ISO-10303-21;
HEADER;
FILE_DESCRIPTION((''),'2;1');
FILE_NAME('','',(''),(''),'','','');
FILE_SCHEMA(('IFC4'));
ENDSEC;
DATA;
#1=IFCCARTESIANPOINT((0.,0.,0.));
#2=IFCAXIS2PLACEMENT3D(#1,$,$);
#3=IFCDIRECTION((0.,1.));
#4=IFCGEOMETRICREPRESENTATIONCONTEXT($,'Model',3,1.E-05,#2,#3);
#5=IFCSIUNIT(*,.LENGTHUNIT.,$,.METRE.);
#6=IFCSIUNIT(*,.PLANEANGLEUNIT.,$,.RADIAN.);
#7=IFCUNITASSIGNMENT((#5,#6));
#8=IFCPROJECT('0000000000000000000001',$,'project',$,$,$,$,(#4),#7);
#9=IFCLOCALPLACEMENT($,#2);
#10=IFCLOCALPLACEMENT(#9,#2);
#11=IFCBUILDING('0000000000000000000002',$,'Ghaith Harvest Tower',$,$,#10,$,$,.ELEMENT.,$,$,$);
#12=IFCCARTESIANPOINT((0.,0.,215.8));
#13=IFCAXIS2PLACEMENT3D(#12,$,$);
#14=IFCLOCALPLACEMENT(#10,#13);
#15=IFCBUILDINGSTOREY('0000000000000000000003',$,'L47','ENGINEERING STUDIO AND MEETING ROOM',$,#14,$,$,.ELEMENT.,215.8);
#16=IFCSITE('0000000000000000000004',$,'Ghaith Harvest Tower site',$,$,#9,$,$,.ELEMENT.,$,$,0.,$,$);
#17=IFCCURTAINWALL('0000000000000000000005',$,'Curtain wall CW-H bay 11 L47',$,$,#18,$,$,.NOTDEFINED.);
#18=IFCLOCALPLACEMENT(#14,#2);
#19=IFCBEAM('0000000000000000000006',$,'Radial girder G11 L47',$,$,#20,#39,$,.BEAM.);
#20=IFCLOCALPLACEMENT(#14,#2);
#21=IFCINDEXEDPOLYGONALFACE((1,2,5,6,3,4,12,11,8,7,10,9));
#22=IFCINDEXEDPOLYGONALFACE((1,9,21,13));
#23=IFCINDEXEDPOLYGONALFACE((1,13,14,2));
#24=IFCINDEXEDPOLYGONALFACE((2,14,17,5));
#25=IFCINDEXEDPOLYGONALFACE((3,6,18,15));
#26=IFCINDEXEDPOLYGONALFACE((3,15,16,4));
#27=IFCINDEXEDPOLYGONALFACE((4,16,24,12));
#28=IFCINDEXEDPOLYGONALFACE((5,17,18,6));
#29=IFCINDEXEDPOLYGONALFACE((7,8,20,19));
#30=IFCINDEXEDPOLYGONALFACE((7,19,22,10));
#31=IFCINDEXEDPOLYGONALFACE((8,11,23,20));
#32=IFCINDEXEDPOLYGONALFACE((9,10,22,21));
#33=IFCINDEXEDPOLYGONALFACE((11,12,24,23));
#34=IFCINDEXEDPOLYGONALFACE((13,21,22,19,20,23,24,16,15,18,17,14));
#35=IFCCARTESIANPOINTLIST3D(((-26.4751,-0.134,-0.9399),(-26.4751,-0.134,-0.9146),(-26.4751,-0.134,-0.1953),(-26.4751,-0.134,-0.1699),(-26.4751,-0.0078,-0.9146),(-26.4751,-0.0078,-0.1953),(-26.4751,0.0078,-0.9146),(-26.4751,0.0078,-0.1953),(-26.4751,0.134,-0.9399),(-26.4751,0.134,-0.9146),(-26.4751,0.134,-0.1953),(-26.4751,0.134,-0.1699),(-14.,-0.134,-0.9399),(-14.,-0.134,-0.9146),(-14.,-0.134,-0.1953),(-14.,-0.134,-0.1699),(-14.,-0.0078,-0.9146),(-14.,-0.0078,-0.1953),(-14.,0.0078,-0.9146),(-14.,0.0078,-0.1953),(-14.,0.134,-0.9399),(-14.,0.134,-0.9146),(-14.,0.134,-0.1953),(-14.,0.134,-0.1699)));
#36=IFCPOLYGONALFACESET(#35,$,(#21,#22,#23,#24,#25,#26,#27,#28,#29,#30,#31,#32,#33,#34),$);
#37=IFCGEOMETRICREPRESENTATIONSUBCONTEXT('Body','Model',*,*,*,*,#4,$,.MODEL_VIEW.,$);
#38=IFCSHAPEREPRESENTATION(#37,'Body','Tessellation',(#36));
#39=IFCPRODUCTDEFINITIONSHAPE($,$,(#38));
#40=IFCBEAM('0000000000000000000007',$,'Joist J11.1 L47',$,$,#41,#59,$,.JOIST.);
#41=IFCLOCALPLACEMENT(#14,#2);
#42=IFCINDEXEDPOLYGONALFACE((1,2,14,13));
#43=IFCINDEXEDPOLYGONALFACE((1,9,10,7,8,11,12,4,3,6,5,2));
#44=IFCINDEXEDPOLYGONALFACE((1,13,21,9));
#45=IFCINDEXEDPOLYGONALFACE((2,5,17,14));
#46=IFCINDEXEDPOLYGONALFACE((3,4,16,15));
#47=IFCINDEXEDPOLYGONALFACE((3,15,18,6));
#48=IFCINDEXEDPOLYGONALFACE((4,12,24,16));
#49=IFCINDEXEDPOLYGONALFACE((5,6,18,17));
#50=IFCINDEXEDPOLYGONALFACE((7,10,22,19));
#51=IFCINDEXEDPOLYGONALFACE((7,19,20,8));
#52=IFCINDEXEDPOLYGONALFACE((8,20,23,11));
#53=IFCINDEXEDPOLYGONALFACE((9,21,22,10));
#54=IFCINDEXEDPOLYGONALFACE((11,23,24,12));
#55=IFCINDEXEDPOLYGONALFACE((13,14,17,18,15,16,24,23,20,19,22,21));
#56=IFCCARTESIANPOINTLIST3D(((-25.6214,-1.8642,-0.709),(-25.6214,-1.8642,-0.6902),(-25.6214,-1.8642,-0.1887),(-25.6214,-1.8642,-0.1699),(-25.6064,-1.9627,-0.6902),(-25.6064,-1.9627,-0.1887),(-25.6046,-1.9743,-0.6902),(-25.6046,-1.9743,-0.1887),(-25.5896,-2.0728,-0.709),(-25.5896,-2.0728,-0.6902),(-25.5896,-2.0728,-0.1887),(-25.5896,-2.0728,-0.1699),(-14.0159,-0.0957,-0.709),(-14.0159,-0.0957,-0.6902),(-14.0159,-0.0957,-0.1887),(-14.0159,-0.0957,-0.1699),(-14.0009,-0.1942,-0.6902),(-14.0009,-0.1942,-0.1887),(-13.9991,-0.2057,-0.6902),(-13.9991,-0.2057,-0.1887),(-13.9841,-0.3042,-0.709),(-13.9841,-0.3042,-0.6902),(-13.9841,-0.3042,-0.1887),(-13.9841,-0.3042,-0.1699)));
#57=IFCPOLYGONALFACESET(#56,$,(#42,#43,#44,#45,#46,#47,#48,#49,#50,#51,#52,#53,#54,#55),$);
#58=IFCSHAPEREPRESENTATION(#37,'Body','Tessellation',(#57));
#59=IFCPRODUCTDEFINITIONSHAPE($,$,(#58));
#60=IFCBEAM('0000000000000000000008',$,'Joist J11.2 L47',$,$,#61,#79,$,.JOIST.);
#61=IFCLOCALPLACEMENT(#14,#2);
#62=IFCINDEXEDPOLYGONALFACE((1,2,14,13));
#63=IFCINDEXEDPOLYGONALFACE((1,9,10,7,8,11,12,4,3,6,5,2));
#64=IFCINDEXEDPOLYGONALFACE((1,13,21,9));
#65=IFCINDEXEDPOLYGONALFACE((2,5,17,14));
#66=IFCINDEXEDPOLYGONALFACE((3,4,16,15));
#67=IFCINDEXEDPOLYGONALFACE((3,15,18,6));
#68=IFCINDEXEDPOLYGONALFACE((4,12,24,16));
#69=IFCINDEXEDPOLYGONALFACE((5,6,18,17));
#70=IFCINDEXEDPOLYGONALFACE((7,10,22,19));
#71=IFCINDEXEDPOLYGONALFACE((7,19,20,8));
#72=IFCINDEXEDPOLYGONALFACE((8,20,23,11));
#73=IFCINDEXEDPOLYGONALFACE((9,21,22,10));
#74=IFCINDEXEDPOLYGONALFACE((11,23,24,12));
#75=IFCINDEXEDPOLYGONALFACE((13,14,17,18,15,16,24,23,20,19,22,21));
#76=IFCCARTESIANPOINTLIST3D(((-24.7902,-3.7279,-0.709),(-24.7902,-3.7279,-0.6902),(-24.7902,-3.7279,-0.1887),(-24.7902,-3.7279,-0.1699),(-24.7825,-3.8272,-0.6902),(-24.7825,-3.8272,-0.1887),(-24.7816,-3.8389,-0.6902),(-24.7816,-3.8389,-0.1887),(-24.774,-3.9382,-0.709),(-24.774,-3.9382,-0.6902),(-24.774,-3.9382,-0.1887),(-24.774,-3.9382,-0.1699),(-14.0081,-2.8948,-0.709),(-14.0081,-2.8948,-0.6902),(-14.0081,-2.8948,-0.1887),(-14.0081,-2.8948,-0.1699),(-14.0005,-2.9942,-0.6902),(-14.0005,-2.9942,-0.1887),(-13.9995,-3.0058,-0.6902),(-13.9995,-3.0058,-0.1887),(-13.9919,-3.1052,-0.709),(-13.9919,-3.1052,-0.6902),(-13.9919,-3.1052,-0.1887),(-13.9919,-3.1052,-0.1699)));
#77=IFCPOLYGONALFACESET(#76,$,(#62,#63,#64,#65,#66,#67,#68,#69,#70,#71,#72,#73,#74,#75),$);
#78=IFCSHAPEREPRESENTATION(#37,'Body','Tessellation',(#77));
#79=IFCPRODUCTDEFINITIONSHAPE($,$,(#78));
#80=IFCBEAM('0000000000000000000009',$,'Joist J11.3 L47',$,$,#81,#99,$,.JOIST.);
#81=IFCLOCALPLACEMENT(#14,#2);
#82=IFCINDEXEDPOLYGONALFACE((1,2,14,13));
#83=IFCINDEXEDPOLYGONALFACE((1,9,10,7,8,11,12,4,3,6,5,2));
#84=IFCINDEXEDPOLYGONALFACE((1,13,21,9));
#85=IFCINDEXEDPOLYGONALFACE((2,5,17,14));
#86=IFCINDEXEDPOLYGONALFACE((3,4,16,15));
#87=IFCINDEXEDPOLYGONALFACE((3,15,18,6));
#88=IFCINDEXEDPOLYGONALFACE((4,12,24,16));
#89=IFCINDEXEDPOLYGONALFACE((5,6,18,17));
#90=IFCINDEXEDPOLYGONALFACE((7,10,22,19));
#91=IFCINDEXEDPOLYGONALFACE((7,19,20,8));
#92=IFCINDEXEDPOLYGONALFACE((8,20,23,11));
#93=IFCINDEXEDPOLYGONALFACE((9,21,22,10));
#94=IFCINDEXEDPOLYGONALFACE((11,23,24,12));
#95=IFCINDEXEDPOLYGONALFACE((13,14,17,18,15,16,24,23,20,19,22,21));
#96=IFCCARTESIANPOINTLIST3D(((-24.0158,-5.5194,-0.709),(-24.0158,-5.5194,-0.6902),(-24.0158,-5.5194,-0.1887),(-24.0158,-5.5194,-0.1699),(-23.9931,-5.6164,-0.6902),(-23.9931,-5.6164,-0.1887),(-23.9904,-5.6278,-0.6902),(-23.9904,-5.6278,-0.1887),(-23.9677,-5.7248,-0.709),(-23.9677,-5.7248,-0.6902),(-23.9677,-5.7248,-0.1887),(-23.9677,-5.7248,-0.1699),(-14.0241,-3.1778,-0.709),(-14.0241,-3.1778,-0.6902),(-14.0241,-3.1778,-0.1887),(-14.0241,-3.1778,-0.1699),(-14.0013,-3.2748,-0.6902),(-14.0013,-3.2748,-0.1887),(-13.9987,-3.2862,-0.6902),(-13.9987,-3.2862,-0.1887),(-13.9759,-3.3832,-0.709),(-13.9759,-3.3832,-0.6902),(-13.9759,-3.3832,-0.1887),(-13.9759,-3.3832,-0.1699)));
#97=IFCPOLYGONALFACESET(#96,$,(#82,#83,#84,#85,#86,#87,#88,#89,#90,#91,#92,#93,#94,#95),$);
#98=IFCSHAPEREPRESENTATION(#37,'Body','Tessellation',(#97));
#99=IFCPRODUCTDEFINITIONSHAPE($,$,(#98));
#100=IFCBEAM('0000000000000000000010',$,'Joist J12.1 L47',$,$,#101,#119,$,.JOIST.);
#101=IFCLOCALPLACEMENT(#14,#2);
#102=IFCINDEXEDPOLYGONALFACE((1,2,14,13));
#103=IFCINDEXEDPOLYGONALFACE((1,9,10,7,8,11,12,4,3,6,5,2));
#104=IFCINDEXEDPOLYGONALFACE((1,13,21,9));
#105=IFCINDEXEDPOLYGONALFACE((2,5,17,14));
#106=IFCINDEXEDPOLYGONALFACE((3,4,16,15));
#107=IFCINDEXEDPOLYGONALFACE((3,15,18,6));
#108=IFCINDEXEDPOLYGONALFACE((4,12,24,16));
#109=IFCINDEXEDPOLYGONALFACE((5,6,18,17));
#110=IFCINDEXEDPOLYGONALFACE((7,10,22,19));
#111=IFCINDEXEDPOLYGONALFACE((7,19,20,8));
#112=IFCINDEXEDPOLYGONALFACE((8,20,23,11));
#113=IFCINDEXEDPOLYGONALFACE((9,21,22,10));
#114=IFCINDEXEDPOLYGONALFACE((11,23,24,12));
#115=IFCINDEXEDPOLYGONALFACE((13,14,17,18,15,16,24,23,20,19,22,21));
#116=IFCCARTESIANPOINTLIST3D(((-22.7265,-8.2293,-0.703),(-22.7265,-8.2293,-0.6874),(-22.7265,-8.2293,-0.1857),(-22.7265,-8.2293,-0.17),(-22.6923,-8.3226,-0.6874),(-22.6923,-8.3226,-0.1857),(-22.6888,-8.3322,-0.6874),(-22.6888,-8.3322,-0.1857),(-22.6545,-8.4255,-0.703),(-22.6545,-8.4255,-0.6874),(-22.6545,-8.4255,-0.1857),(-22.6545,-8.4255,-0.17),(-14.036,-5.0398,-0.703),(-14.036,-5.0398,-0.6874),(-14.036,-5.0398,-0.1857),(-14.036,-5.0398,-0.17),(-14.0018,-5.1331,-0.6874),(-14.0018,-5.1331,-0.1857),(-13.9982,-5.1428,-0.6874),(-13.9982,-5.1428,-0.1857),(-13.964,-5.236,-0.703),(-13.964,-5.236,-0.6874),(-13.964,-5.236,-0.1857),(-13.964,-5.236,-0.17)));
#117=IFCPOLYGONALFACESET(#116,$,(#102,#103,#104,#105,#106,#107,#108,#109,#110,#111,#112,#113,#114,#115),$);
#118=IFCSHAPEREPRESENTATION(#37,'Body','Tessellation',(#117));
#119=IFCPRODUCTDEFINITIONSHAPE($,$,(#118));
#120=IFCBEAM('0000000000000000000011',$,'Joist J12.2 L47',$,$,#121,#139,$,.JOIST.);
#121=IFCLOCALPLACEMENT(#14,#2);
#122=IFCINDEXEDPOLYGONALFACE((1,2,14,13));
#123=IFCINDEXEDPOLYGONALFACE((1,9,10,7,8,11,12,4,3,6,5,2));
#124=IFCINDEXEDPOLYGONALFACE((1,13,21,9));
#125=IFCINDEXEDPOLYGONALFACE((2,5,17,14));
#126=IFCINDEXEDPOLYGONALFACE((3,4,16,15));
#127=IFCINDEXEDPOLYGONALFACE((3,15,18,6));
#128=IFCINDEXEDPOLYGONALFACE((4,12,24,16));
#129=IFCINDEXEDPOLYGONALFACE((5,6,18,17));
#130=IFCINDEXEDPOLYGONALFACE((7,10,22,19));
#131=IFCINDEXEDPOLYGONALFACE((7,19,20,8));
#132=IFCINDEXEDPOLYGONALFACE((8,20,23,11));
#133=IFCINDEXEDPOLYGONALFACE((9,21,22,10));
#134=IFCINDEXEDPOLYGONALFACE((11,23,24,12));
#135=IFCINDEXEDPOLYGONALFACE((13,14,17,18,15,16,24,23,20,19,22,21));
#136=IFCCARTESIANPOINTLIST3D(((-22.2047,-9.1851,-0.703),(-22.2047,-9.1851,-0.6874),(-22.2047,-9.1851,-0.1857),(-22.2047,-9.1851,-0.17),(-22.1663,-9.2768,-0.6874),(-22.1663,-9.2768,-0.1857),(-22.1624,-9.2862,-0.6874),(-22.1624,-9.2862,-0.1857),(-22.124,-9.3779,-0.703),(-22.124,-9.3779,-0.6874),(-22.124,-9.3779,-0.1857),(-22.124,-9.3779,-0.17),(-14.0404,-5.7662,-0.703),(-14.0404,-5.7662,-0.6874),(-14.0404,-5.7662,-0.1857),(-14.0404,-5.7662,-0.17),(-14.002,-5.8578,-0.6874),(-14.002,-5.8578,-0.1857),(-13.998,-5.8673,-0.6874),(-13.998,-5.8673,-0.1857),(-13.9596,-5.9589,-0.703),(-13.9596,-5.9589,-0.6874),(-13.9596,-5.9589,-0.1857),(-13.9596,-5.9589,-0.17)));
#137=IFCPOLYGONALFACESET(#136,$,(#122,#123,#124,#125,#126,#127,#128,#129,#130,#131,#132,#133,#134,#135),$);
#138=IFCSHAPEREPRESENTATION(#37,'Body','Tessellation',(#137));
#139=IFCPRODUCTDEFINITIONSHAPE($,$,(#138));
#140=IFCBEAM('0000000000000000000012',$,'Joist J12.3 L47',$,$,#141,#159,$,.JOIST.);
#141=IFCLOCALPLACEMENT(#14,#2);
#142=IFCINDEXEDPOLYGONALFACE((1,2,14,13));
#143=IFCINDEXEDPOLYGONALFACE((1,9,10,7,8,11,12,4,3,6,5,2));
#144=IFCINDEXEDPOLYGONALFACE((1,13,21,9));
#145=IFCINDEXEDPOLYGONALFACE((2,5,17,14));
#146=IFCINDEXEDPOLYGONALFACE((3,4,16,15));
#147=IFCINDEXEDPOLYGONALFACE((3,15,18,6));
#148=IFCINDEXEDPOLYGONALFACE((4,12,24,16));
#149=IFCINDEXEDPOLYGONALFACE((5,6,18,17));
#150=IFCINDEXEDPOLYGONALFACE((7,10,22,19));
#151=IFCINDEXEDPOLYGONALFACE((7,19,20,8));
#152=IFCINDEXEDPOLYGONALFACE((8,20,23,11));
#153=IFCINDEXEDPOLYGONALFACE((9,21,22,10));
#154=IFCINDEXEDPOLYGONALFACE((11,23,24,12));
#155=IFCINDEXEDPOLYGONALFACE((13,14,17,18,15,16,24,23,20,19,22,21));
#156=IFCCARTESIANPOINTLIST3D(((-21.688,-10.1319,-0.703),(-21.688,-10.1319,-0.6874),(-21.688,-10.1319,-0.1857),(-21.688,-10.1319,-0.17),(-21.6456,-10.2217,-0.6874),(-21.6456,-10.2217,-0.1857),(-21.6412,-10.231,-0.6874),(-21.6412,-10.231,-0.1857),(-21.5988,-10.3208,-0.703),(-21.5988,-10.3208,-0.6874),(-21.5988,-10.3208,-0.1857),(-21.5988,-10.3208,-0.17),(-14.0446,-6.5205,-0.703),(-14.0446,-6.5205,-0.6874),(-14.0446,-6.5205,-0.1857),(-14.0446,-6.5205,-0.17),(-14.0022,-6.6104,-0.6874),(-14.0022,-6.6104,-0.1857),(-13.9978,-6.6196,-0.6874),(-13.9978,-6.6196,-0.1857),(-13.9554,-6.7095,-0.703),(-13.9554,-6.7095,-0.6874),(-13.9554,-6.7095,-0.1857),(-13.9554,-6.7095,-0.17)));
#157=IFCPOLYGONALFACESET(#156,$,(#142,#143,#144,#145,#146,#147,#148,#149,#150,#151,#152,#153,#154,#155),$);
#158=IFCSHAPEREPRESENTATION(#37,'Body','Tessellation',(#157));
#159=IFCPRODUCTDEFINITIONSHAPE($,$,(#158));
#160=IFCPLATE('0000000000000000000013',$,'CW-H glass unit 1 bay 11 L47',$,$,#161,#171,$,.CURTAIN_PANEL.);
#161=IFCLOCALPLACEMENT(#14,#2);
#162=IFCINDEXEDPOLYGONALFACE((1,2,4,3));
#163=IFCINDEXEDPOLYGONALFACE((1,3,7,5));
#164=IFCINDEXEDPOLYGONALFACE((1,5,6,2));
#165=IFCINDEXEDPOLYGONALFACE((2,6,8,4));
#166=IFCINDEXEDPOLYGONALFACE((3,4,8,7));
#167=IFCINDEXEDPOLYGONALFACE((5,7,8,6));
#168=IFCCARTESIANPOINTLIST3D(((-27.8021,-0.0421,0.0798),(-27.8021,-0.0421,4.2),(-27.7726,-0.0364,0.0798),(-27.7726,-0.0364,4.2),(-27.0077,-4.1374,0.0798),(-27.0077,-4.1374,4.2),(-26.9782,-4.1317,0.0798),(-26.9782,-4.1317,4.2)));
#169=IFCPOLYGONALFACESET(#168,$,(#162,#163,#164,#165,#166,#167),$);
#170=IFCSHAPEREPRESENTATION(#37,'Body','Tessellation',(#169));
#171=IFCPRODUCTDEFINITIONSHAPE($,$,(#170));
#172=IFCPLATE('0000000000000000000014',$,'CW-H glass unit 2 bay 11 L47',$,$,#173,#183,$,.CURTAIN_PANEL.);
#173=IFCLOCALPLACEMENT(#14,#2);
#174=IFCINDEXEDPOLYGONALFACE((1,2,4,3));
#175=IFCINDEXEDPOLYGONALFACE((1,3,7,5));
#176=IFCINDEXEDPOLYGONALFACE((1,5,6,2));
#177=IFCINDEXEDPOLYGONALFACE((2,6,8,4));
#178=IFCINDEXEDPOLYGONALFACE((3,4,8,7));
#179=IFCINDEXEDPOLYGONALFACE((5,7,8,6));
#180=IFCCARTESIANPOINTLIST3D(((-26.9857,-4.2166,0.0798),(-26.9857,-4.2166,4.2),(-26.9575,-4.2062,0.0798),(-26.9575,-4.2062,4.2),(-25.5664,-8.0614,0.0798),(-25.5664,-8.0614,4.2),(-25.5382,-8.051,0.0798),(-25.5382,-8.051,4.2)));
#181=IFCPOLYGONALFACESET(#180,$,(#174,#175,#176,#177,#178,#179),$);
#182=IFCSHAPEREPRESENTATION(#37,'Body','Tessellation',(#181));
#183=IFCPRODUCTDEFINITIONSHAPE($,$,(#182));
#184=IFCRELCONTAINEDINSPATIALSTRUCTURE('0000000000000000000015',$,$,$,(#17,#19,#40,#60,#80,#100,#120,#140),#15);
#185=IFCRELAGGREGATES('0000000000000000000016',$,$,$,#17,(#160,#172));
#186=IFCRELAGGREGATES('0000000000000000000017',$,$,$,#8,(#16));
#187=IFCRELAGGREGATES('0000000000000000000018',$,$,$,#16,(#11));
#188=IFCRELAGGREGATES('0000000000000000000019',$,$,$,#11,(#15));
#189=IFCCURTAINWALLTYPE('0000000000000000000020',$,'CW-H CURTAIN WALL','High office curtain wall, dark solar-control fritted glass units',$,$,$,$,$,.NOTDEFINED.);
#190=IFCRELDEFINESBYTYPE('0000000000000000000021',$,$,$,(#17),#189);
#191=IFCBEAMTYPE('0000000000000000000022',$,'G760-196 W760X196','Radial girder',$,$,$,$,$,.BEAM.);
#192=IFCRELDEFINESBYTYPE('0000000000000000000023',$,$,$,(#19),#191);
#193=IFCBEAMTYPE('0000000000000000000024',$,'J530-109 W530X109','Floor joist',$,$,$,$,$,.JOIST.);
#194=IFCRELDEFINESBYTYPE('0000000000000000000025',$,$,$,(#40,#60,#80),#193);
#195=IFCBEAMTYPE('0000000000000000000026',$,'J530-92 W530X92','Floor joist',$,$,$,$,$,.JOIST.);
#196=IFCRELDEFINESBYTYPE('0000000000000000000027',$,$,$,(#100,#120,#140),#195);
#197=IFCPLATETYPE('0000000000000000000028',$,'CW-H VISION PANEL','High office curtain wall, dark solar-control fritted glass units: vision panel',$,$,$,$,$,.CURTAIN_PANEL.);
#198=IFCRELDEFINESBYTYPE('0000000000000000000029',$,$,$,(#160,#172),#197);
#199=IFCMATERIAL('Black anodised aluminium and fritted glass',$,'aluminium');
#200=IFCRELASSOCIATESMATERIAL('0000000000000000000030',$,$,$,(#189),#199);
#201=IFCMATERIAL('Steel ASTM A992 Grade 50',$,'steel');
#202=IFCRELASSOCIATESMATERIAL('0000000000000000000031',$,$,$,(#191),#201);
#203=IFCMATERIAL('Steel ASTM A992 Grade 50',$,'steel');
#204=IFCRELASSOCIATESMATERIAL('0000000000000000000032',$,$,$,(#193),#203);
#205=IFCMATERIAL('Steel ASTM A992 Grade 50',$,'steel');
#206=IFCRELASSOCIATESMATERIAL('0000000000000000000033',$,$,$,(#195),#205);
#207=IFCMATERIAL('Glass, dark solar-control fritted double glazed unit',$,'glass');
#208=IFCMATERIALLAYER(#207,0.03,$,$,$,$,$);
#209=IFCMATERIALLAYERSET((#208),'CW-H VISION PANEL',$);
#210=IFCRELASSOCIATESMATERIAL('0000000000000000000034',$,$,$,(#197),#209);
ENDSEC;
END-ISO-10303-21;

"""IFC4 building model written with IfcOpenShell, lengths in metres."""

from ifc_helpers import new_model, si_unit, direction, frame, origin, origin_2d, place, context, subcontext, project, spatial, rectangle, i_section, extrude, material, layer, layer_set, material_profile, profile_set, type_object, element, aggregate, save


model = new_model("IFC4")

# Units and contexts
model_context = context("Model", 3, precision=1e-05, world=origin(), true_north=direction((0.0, 1.0)))
body_context = subcontext(model_context, "Body", "Model", "MODEL_VIEW")
ifc_project = project(units=[si_unit("LENGTHUNIT", "METRE"), si_unit("PLANEANGLEUNIT", "RADIAN")], contexts=[model_context])

# Site, building, storey
site_placement = place(None, origin())
site = spatial("IfcSite", under=ifc_project, at=site_placement, Name="Ghaith Harvest Tower site", CompositionType="ELEMENT", RefElevation=0.0)
building_placement = place(site_placement, origin())
building = spatial("IfcBuilding", under=site, at=building_placement, Name="Ghaith Harvest Tower", CompositionType="ELEMENT")
storey_placement = place(building_placement, frame((0.0, 0.0, 215.8)))
storey = spatial("IfcBuildingStorey", under=building, at=storey_placement, Name="L47", Description="ENGINEERING STUDIO AND MEETING ROOM", CompositionType="ELEMENT", Elevation=215.8)

# Curtain wall
ifc_material_1 = material(Name="Black anodised aluminium and fritted glass", Category="aluminium")
curtain_wall_type = type_object("IfcCurtainWallType", Name="CW-H CURTAIN WALL", Description="High office curtain wall, dark solar-control fritted glass units", PredefinedType="NOTDEFINED", material=ifc_material_1)
curtain_wall_placement = place(storey_placement, origin())
curtain_wall = element("IfcCurtainWall", 1, at=curtain_wall_placement, inside=storey, type_object=curtain_wall_type, Name="Curtain wall CW-H bay 11 L47", PredefinedType="NOTDEFINED")

# Beams
ifc_material_2 = material(Name="Steel ASTM A992 Grade 50", Category="steel")
ifc_material_profile_1 = material_profile(ifc_material_2, i_section(OverallWidth=0.2681, OverallDepth=0.77, WebThickness=0.0156, FlangeThickness=0.0254, at=origin_2d()), Name="W760X196")
ifc_profile_set_1 = profile_set([ifc_material_profile_1], Name="Steel ASTM A992 Grade 50")
beam_type_1 = type_object("IfcBeamType", Name="G760-196 W760X196", Description="Radial girder", PredefinedType="BEAM", material=ifc_profile_set_1)
beam_1_placement = place(storey_placement, frame((-14.0, 0.0, -0.5549), z_axis=(-1.0, 0.0, 0.0), x_axis=(0.0, -1.0, 0.0)))
element("IfcBeam", 2, at=beam_1_placement, inside=storey, type_object=beam_type_1, Name="Radial girder G11 L47", PredefinedType="BEAM", context=body_context, shape_type="SweptSolid", body=[
    extrude(i_section(OverallWidth=0.2681, OverallDepth=0.77, WebThickness=0.0156, FlangeThickness=0.0254, at=origin_2d()), origin(), (0.0, 0.0, 1.0), 12.4751),
])
ifc_material_3 = material(Name="Steel ASTM A992 Grade 50", Category="steel")
ifc_material_profile_2 = material_profile(ifc_material_3, i_section(OverallWidth=0.2109, OverallDepth=0.5391, WebThickness=0.0117, FlangeThickness=0.0188, at=origin_2d()), Name="W530X109")
ifc_profile_set_2 = profile_set([ifc_material_profile_2], Name="Steel ASTM A992 Grade 50")
beam_type_2 = type_object("IfcBeamType", Name="J530-109 W530X109", Description="Floor joist", PredefinedType="JOIST", material=ifc_profile_set_2)
beam_2_placement = place(storey_placement, frame((-14.0, -0.2, -0.4395), z_axis=(-0.988587, -0.150651, 0.0), x_axis=(0.150651, -0.988587, 0.0)))
element("IfcBeam", 3, at=beam_2_placement, inside=storey, type_object=beam_type_2, Name="Joist J11.1 L47", PredefinedType="JOIST", context=body_context, shape_type="SweptSolid", body=[
    extrude(i_section(OverallWidth=0.2109, OverallDepth=0.5391, WebThickness=0.0117, FlangeThickness=0.0188, at=origin_2d()), origin(), (0.0, 0.0, 1.0), 11.7395),
])
beam_3_placement = place(storey_placement, frame((-14.0, -3.0, -0.4395), z_axis=(-0.997029, -0.07703, 0.0), x_axis=(0.07703, -0.997029, 0.0)))
element("IfcBeam", 4, at=beam_3_placement, inside=storey, type_object=beam_type_2, Name="Joist J11.2 L47", PredefinedType="JOIST", context=body_context, shape_type="SweptSolid", body=[
    extrude(i_section(OverallWidth=0.2109, OverallDepth=0.5391, WebThickness=0.0117, FlangeThickness=0.0188, at=origin_2d()), origin(), (0.0, 0.0, 1.0), 10.8142),
])
beam_4_placement = place(storey_placement, frame((-14.0, -3.2805, -0.4395), z_axis=(-0.973622, -0.228168, 0.0), x_axis=(0.228168, -0.973622, 0.0)))
element("IfcBeam", 5, at=beam_4_placement, inside=storey, type_object=beam_type_2, Name="Joist J11.3 L47", PredefinedType="JOIST", context=body_context, shape_type="SweptSolid", body=[
    extrude(i_section(OverallWidth=0.2109, OverallDepth=0.5391, WebThickness=0.0117, FlangeThickness=0.0188, at=origin_2d()), origin(), (0.0, 0.0, 1.0), 10.2625),
])
ifc_material_4 = material(Name="Steel ASTM A992 Grade 50", Category="steel")
ifc_material_profile_3 = material_profile(ifc_material_4, i_section(OverallWidth=0.209, OverallDepth=0.533, WebThickness=0.0103, FlangeThickness=0.0156, at=origin_2d()), Name="W530X92")
ifc_profile_set_3 = profile_set([ifc_material_profile_3], Name="Steel ASTM A992 Grade 50")
beam_type_3 = type_object("IfcBeamType", Name="J530-92 W530X92", Description="Floor joist", PredefinedType="JOIST", material=ifc_profile_set_3)
beam_5_placement = place(storey_placement, frame((-14.0, -5.1379, -0.4365), z_axis=(-0.938773, -0.344537, 0.0), x_axis=(0.344537, -0.938773, 0.0)))
element("IfcBeam", 6, at=beam_5_placement, inside=storey, type_object=beam_type_3, Name="Joist J12.1 L47", PredefinedType="JOIST", context=body_context, shape_type="SweptSolid", body=[
    extrude(i_section(OverallWidth=0.209, OverallDepth=0.533, WebThickness=0.0103, FlangeThickness=0.0156, at=origin_2d()), origin(), (0.0, 0.0, 1.0), 9.2573),
])
beam_6_placement = place(storey_placement, frame((-14.0, -5.8625, -0.4365), z_axis=(-0.922388, -0.386266, 0.0), x_axis=(0.386266, -0.922388, 0.0)))
element("IfcBeam", 7, at=beam_6_placement, inside=storey, type_object=beam_type_3, Name="Joist J12.2 L47", PredefinedType="JOIST", context=body_context, shape_type="SweptSolid", body=[
    extrude(i_section(OverallWidth=0.209, OverallDepth=0.533, WebThickness=0.0103, FlangeThickness=0.0156, at=origin_2d()), origin(), (0.0, 0.0, 1.0), 8.8513),
])
beam_7_placement = place(storey_placement, frame((-14.0, -6.615, -0.4365), z_axis=(-0.904158, -0.427198, 0.0), x_axis=(0.427198, -0.904158, 0.0)))
element("IfcBeam", 8, at=beam_7_placement, inside=storey, type_object=beam_type_3, Name="Joist J12.3 L47", PredefinedType="JOIST", context=body_context, shape_type="SweptSolid", body=[
    extrude(i_section(OverallWidth=0.209, OverallDepth=0.533, WebThickness=0.0103, FlangeThickness=0.0156, at=origin_2d()), origin(), (0.0, 0.0, 1.0), 8.4536),
])

# Plates
ifc_material_5 = material(Name="Glass, dark solar-control fritted double glazed unit", Category="glass")
ifc_layer_1 = layer(ifc_material_5, 0.03)
ifc_layer_set_1 = layer_set([ifc_layer_1], Name="CW-H VISION PANEL")
plate_type_1 = type_object("IfcPlateType", Name="CW-H VISION PANEL", Description="High office curtain wall, dark solar-control fritted glass units: vision panel", PredefinedType="CURTAIN_PANEL", material=ifc_layer_set_1)
plate_1_placement = place(storey_placement, frame((-27.3901, -2.0869, 0.0798), z_axis=(0.0, 0.0, 1.0), x_axis=(0.190427, -0.981701, 0.0)))
plate_1 = element("IfcPlate", 9, at=plate_1_placement, type_object=plate_type_1, Name="CW-H glass unit 1 bay 11 L47", PredefinedType="CURTAIN_PANEL", context=body_context, shape_type="SweptSolid", body=[
    extrude(rectangle(XDim=4.1716, YDim=0.03, at=origin_2d()), origin(), (0.0, 0.0, 1.0), 4.1201),
])
plate_2_placement = place(storey_placement, frame((-26.262, -6.1338, 0.0798), z_axis=(0.0, 0.0, 1.0), x_axis=(0.346303, -0.938123, 0.0)))
plate_2 = element("IfcPlate", 10, at=plate_2_placement, type_object=plate_type_1, Name="CW-H glass unit 2 bay 11 L47", PredefinedType="CURTAIN_PANEL", context=body_context, shape_type="SweptSolid", body=[
    extrude(rectangle(XDim=4.0984, YDim=0.03, at=origin_2d()), origin(), (0.0, 0.0, 1.0), 4.1201),
])
aggregate(curtain_wall, [plate_1, plate_2])

save(model, "model.ifc")
